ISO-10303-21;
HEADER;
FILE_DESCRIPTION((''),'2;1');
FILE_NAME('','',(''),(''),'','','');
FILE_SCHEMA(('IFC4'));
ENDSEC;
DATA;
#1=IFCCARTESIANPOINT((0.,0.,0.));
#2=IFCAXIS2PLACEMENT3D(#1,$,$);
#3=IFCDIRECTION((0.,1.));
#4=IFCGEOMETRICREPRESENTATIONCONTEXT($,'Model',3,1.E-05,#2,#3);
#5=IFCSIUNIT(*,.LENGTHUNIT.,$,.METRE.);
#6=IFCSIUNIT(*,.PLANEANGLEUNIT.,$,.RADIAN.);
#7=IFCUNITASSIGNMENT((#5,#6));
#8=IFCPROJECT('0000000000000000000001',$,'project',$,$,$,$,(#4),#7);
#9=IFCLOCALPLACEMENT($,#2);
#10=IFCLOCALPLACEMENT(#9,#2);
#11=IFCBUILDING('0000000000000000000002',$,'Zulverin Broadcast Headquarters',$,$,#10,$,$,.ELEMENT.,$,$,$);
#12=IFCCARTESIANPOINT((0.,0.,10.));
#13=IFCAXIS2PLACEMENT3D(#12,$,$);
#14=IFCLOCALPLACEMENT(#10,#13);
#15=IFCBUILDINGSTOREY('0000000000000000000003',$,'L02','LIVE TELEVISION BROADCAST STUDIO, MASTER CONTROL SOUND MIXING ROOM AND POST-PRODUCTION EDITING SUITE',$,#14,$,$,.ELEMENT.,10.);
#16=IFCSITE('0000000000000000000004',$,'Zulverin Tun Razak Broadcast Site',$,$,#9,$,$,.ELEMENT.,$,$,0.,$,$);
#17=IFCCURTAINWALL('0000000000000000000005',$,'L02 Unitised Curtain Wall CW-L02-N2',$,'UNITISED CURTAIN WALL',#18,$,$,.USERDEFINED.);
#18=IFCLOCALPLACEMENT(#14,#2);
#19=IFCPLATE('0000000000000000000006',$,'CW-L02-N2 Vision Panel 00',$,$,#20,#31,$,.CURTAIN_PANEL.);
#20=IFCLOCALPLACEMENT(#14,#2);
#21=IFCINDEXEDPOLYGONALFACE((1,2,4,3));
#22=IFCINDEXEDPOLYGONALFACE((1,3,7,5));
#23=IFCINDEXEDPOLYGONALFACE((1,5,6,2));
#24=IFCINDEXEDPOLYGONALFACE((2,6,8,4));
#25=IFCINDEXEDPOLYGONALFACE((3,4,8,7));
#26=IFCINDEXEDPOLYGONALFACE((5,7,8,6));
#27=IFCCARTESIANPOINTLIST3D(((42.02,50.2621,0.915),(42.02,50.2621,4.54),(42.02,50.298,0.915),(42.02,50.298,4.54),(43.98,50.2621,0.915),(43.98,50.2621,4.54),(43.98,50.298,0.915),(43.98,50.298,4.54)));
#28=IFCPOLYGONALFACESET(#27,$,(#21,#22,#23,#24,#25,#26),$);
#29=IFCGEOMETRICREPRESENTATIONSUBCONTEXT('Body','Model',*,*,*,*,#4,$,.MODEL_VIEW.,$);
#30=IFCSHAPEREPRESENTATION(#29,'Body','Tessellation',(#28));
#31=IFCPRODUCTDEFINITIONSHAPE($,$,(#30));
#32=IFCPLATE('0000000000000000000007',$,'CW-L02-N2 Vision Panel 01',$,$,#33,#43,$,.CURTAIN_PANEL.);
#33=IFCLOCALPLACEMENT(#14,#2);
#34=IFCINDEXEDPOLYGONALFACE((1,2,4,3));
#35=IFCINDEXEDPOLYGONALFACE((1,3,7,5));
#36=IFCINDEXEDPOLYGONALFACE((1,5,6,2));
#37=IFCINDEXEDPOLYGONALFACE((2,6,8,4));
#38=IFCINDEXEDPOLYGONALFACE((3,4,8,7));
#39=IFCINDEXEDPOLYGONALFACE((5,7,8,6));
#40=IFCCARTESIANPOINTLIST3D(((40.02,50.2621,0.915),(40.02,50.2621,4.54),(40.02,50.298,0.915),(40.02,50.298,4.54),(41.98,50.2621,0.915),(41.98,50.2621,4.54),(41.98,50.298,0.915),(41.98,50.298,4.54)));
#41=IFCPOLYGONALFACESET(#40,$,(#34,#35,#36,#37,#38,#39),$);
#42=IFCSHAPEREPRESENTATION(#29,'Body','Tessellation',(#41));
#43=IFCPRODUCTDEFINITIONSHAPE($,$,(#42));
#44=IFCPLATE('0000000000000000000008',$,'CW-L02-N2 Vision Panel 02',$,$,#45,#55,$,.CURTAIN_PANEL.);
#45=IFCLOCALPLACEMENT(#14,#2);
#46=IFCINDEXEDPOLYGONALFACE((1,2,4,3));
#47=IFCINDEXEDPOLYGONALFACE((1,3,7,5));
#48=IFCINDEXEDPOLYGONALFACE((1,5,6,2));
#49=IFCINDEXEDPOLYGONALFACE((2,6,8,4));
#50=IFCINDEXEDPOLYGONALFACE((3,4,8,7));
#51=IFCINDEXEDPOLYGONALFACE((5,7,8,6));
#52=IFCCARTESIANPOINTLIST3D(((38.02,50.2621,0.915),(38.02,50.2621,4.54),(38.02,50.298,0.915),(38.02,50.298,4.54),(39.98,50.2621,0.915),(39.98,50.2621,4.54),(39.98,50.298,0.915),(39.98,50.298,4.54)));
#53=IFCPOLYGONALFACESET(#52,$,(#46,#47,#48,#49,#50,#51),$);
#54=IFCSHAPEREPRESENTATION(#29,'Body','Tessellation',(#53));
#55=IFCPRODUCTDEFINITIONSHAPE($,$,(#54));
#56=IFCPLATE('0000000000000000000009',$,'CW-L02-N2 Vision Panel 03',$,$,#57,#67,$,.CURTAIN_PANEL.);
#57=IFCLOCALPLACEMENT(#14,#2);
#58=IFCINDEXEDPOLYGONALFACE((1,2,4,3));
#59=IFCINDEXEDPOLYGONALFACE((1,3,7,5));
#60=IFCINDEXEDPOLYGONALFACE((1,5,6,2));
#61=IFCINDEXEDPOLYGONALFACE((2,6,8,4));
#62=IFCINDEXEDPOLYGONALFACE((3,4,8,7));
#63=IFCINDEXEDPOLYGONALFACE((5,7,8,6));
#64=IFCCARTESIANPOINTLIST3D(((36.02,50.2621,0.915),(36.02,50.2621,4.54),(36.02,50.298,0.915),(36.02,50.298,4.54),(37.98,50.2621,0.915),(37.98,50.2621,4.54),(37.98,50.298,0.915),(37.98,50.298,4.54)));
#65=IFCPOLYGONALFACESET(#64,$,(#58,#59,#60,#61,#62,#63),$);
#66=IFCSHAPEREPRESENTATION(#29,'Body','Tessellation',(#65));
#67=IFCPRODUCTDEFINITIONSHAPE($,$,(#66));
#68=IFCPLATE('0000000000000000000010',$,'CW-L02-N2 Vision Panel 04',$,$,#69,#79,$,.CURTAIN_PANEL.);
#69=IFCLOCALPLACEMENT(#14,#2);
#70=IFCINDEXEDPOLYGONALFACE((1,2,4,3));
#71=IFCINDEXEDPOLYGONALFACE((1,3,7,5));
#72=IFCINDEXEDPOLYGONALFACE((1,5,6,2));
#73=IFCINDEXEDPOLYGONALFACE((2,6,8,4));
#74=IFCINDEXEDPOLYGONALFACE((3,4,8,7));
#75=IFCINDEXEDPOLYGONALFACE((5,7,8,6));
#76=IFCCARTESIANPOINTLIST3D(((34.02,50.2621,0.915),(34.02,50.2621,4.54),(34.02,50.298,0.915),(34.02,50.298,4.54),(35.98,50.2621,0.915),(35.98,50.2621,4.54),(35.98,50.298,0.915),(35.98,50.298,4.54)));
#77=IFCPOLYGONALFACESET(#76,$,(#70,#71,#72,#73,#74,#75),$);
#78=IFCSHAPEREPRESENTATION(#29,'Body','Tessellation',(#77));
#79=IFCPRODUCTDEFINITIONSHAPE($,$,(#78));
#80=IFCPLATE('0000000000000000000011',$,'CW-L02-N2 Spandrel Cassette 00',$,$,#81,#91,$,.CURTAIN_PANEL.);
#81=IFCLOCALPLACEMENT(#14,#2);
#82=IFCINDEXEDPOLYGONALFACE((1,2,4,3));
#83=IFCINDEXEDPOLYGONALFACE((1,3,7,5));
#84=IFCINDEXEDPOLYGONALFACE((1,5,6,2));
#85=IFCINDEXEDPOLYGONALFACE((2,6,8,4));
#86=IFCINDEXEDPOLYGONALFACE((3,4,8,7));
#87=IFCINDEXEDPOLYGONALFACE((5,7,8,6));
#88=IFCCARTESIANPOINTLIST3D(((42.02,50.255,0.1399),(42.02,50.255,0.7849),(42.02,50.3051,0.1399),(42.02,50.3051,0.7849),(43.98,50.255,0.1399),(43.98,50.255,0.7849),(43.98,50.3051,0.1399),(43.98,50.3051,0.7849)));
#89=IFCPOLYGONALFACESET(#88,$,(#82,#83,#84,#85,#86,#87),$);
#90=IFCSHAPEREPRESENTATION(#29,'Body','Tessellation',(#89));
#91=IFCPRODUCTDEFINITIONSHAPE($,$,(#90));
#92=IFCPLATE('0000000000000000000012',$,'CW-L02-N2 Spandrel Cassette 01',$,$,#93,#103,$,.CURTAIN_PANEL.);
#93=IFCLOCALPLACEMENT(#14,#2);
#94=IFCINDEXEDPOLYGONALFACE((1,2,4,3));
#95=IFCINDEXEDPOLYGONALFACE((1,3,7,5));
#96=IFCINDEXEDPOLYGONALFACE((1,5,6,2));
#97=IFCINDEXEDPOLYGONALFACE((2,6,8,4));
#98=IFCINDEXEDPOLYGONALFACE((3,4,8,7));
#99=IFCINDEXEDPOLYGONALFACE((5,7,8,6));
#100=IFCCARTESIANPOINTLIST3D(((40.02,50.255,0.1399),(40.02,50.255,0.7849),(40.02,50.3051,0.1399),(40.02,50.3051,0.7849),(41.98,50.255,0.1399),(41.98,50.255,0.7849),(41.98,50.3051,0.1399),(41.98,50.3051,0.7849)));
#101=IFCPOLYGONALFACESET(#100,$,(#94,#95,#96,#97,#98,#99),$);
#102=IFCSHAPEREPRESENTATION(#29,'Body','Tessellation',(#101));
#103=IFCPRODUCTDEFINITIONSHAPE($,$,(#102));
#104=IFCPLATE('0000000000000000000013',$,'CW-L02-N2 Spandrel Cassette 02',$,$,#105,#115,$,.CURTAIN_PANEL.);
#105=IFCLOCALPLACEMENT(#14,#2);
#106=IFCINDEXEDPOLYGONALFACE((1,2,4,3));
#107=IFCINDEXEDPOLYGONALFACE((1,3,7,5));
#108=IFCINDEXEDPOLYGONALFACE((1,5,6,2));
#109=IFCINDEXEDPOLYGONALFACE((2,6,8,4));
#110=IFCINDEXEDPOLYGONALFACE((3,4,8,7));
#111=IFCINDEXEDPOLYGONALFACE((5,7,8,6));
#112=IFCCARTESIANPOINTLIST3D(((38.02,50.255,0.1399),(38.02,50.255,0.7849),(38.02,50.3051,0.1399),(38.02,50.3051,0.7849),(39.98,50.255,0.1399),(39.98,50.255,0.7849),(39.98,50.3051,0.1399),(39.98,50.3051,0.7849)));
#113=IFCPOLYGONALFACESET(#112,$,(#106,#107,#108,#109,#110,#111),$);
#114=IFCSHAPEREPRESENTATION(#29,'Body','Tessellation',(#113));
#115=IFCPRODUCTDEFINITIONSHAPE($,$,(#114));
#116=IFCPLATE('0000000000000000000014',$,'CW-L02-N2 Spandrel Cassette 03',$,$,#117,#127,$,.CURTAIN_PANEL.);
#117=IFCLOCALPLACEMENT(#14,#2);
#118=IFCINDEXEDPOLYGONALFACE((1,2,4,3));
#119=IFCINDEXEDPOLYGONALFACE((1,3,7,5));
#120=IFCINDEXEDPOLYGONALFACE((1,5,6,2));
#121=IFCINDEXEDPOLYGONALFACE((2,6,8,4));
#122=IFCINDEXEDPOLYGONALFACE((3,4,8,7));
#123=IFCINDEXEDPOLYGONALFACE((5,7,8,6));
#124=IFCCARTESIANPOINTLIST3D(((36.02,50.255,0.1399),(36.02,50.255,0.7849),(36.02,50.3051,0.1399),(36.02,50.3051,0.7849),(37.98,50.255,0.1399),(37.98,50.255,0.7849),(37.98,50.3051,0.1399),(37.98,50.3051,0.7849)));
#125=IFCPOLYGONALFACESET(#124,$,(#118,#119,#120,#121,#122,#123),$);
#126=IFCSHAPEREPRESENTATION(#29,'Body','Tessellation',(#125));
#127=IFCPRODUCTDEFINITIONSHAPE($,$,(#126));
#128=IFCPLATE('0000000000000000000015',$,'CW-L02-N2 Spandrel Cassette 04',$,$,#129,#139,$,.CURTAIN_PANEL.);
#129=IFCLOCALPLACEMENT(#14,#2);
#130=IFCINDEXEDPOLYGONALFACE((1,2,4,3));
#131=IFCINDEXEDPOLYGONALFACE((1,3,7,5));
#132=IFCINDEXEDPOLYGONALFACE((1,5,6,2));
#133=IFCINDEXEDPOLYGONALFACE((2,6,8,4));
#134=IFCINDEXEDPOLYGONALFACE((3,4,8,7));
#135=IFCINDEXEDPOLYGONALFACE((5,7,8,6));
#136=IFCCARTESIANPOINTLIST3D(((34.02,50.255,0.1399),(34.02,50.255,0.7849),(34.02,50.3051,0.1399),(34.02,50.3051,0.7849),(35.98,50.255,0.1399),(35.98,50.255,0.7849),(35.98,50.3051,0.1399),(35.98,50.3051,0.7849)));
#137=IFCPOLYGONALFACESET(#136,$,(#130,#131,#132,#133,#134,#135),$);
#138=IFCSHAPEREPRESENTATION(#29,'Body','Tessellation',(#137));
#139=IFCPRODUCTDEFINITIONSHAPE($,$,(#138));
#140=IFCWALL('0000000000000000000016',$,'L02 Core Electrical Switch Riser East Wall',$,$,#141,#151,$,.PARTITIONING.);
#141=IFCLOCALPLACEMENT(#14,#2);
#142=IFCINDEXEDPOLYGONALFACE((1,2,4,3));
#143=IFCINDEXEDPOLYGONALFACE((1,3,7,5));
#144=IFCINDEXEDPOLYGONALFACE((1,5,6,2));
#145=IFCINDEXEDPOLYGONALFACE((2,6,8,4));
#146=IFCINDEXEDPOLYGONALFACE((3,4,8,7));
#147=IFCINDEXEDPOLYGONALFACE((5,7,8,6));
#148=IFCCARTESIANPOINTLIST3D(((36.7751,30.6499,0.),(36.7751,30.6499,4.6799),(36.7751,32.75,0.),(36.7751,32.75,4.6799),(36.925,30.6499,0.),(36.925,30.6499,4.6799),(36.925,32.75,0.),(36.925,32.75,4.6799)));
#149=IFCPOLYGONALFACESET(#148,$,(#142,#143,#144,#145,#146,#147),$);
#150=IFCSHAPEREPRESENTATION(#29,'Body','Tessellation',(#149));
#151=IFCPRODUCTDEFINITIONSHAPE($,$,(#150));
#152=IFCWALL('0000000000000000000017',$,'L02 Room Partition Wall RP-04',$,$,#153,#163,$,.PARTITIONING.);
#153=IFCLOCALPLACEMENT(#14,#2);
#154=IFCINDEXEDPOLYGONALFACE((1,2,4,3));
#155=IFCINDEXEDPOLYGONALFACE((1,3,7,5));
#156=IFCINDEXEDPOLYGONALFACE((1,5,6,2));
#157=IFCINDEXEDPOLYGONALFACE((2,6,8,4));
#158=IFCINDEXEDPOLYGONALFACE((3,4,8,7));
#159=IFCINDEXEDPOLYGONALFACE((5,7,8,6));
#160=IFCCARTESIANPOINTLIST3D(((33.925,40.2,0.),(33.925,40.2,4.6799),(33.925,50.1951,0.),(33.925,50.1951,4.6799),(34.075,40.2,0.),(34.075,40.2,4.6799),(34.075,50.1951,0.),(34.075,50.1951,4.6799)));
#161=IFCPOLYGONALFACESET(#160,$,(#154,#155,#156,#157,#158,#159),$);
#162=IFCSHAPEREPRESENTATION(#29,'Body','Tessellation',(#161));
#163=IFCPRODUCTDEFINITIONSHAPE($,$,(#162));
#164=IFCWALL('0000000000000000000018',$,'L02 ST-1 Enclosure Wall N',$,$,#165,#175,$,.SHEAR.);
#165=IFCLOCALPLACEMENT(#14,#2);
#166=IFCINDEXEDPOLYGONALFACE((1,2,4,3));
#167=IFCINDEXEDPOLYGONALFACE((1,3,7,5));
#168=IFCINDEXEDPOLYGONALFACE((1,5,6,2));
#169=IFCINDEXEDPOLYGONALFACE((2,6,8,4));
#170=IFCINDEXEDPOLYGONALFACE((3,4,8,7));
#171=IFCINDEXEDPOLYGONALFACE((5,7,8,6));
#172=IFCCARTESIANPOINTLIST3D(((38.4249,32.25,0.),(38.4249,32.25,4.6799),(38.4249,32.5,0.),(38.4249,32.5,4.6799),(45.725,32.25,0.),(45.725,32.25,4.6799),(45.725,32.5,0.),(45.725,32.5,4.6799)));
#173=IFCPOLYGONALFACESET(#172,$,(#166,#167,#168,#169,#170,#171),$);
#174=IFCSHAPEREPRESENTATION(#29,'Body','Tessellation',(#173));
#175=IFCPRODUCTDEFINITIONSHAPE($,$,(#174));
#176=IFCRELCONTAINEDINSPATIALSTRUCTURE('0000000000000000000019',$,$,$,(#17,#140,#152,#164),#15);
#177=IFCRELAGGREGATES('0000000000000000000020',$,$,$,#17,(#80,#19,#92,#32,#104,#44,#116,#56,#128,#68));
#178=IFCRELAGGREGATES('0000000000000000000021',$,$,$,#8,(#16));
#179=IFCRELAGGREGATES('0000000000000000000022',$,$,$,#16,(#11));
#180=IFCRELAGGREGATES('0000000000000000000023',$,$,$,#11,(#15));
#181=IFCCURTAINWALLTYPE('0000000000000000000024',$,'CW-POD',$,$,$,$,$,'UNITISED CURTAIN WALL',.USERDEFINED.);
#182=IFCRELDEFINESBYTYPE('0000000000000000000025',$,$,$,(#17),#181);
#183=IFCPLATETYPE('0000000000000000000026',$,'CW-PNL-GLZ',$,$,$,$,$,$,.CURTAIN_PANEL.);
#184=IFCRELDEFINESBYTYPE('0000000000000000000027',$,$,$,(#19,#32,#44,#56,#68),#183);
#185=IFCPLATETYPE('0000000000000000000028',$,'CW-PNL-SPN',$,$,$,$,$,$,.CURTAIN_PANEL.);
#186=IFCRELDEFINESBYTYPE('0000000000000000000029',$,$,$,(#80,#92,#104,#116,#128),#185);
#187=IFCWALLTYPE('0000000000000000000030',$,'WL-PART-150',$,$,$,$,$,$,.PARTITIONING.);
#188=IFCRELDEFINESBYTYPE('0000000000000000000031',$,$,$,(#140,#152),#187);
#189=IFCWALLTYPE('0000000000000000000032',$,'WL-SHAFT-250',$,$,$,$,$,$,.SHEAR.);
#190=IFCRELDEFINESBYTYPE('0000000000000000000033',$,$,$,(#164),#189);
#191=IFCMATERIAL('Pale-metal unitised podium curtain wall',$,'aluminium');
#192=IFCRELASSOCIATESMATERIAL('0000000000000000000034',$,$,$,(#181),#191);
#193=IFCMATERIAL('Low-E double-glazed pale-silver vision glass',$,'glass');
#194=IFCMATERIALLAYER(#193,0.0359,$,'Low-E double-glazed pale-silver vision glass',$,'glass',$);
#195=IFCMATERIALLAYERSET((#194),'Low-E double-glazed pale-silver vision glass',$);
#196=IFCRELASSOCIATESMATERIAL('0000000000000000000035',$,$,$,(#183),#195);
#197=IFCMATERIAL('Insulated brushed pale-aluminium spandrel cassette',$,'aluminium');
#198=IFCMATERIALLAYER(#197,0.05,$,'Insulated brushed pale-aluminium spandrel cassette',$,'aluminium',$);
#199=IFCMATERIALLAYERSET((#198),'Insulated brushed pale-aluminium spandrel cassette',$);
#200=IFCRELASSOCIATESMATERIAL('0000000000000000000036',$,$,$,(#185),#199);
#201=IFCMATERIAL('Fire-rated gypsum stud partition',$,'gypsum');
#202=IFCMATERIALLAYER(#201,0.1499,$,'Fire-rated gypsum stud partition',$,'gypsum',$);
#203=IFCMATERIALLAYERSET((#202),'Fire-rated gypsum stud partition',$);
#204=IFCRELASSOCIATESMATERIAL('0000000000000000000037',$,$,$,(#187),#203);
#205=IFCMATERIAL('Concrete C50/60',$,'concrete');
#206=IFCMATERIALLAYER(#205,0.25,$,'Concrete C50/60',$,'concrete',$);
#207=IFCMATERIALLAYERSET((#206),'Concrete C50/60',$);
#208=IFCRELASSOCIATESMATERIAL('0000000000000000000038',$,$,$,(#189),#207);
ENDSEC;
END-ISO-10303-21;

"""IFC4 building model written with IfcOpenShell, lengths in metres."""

from ifc_helpers import new_model, si_unit, direction, frame, frame_2d, origin, origin_2d, place, context, subcontext, project, spatial, rectangle, extrude, material, layer, layer_set, type_object, element, aggregate, save


model = new_model("IFC4")

# Units and contexts
model_context = context("Model", 3, precision=1e-05, world=origin(), true_north=direction((0.0, 1.0)))
body_context = subcontext(model_context, "Body", "Model", "MODEL_VIEW")
ifc_project = project(units=[si_unit("LENGTHUNIT", "METRE"), si_unit("PLANEANGLEUNIT", "RADIAN")], contexts=[model_context])

# Site, building, storey
site_placement = place(None, origin())
site = spatial("IfcSite", under=ifc_project, at=site_placement, Name="Zulverin Tun Razak Broadcast Site", CompositionType="ELEMENT", RefElevation=0.0)
building_placement = place(site_placement, origin())
building = spatial("IfcBuilding", under=site, at=building_placement, Name="Zulverin Broadcast Headquarters", CompositionType="ELEMENT")
storey_placement = place(building_placement, frame((0.0, 0.0, 10.0)))
storey = spatial("IfcBuildingStorey", under=building, at=storey_placement, Name="L02", Description="LIVE TELEVISION BROADCAST STUDIO, MASTER CONTROL SOUND MIXING ROOM AND POST-PRODUCTION EDITING SUITE", CompositionType="ELEMENT", Elevation=10.0)

# Curtain wall, plates
ifc_material_1 = material(Name="Pale-metal unitised podium curtain wall", Category="aluminium")
curtain_wall_type = type_object("IfcCurtainWallType", Name="CW-POD", ElementType="UNITISED CURTAIN WALL", PredefinedType="USERDEFINED", material=ifc_material_1)
curtain_wall_placement = place(storey_placement, origin())
curtain_wall = element("IfcCurtainWall", 1, at=curtain_wall_placement, inside=storey, type_object=curtain_wall_type, Name="L02 Unitised Curtain Wall CW-L02-N2", ObjectType="UNITISED CURTAIN WALL", PredefinedType="USERDEFINED")
ifc_material_2 = material(Name="Low-E double-glazed pale-silver vision glass", Category="glass")
ifc_layer_1 = layer(ifc_material_2, 0.0359, Name="Low-E double-glazed pale-silver vision glass", Category="glass")
ifc_layer_set_1 = layer_set([ifc_layer_1], Name="Low-E double-glazed pale-silver vision glass")
plate_type_1 = type_object("IfcPlateType", Name="CW-PNL-GLZ", PredefinedType="CURTAIN_PANEL", material=ifc_layer_set_1)
plate_1_placement = place(storey_placement, frame((43.0, 50.28, 0.915), z_axis=(0.0, 0.0, 1.0), x_axis=(-1.0, 0.0, 0.0)))
plate_1 = element("IfcPlate", 2, at=plate_1_placement, type_object=plate_type_1, Name="CW-L02-N2 Vision Panel 00", PredefinedType="CURTAIN_PANEL", context=body_context, shape_type="SweptSolid", body=[
    extrude(rectangle(XDim=1.96, YDim=0.0359, at=origin_2d()), origin(), (0.0, 0.0, 1.0), 3.625),
])
plate_2_placement = place(storey_placement, frame((41.0, 50.28, 0.915), z_axis=(0.0, 0.0, 1.0), x_axis=(-1.0, 0.0, 0.0)))
plate_2 = element("IfcPlate", 3, at=plate_2_placement, type_object=plate_type_1, Name="CW-L02-N2 Vision Panel 01", PredefinedType="CURTAIN_PANEL", context=body_context, shape_type="SweptSolid", body=[
    extrude(rectangle(XDim=1.96, YDim=0.0359, at=origin_2d()), origin(), (0.0, 0.0, 1.0), 3.625),
])
plate_3_placement = place(storey_placement, frame((39.0, 50.28, 0.915), z_axis=(0.0, 0.0, 1.0), x_axis=(-1.0, 0.0, 0.0)))
plate_3 = element("IfcPlate", 4, at=plate_3_placement, type_object=plate_type_1, Name="CW-L02-N2 Vision Panel 02", PredefinedType="CURTAIN_PANEL", context=body_context, shape_type="SweptSolid", body=[
    extrude(rectangle(XDim=1.96, YDim=0.0359, at=origin_2d()), origin(), (0.0, 0.0, 1.0), 3.625),
])
plate_4_placement = place(storey_placement, frame((37.0, 50.28, 0.915), z_axis=(0.0, 0.0, 1.0), x_axis=(-1.0, 0.0, 0.0)))
plate_4 = element("IfcPlate", 5, at=plate_4_placement, type_object=plate_type_1, Name="CW-L02-N2 Vision Panel 03", PredefinedType="CURTAIN_PANEL", context=body_context, shape_type="SweptSolid", body=[
    extrude(rectangle(XDim=1.96, YDim=0.0359, at=origin_2d()), origin(), (0.0, 0.0, 1.0), 3.625),
])
plate_5_placement = place(storey_placement, frame((35.0, 50.28, 0.915), z_axis=(0.0, 0.0, 1.0), x_axis=(-1.0, 0.0, 0.0)))
plate_5 = element("IfcPlate", 6, at=plate_5_placement, type_object=plate_type_1, Name="CW-L02-N2 Vision Panel 04", PredefinedType="CURTAIN_PANEL", context=body_context, shape_type="SweptSolid", body=[
    extrude(rectangle(XDim=1.96, YDim=0.0359, at=origin_2d()), origin(), (0.0, 0.0, 1.0), 3.625),
])
ifc_material_3 = material(Name="Insulated brushed pale-aluminium spandrel cassette", Category="aluminium")
ifc_layer_2 = layer(ifc_material_3, 0.05, Name="Insulated brushed pale-aluminium spandrel cassette", Category="aluminium")
ifc_layer_set_2 = layer_set([ifc_layer_2], Name="Insulated brushed pale-aluminium spandrel cassette")
plate_type_2 = type_object("IfcPlateType", Name="CW-PNL-SPN", PredefinedType="CURTAIN_PANEL", material=ifc_layer_set_2)
plate_6_placement = place(storey_placement, frame((43.0, 50.28, 0.1399), z_axis=(0.0, 0.0, 1.0), x_axis=(-1.0, 0.0, 0.0)))
plate_6 = element("IfcPlate", 7, at=plate_6_placement, type_object=plate_type_2, Name="CW-L02-N2 Spandrel Cassette 00", PredefinedType="CURTAIN_PANEL", context=body_context, shape_type="SweptSolid", body=[
    extrude(rectangle(XDim=1.96, YDim=0.05, at=origin_2d()), origin(), (0.0, 0.0, 1.0), 0.645),
])
plate_7_placement = place(storey_placement, frame((41.0, 50.28, 0.1399), z_axis=(0.0, 0.0, 1.0), x_axis=(-1.0, 0.0, 0.0)))
plate_7 = element("IfcPlate", 8, at=plate_7_placement, type_object=plate_type_2, Name="CW-L02-N2 Spandrel Cassette 01", PredefinedType="CURTAIN_PANEL", context=body_context, shape_type="SweptSolid", body=[
    extrude(rectangle(XDim=1.96, YDim=0.05, at=origin_2d()), origin(), (0.0, 0.0, 1.0), 0.645),
])
plate_8_placement = place(storey_placement, frame((39.0, 50.28, 0.1399), z_axis=(0.0, 0.0, 1.0), x_axis=(-1.0, 0.0, 0.0)))
plate_8 = element("IfcPlate", 9, at=plate_8_placement, type_object=plate_type_2, Name="CW-L02-N2 Spandrel Cassette 02", PredefinedType="CURTAIN_PANEL", context=body_context, shape_type="SweptSolid", body=[
    extrude(rectangle(XDim=1.96, YDim=0.05, at=origin_2d()), origin(), (0.0, 0.0, 1.0), 0.645),
])
plate_9_placement = place(storey_placement, frame((37.0, 50.28, 0.1399), z_axis=(0.0, 0.0, 1.0), x_axis=(-1.0, 0.0, 0.0)))
plate_9 = element("IfcPlate", 10, at=plate_9_placement, type_object=plate_type_2, Name="CW-L02-N2 Spandrel Cassette 03", PredefinedType="CURTAIN_PANEL", context=body_context, shape_type="SweptSolid", body=[
    extrude(rectangle(XDim=1.96, YDim=0.05, at=origin_2d()), origin(), (0.0, 0.0, 1.0), 0.645),
])
plate_10_placement = place(storey_placement, frame((35.0, 50.28, 0.1399), z_axis=(0.0, 0.0, 1.0), x_axis=(-1.0, 0.0, 0.0)))
plate_10 = element("IfcPlate", 11, at=plate_10_placement, type_object=plate_type_2, Name="CW-L02-N2 Spandrel Cassette 04", PredefinedType="CURTAIN_PANEL", context=body_context, shape_type="SweptSolid", body=[
    extrude(rectangle(XDim=1.96, YDim=0.05, at=origin_2d()), origin(), (0.0, 0.0, 1.0), 0.645),
])
aggregate(curtain_wall, [plate_6, plate_1, plate_7, plate_2, plate_8, plate_3, plate_9, plate_4, plate_10, plate_5])

# Walls
ifc_material_4 = material(Name="Fire-rated gypsum stud partition", Category="gypsum")
ifc_layer_3 = layer(ifc_material_4, 0.1499, Name="Fire-rated gypsum stud partition", Category="gypsum")
ifc_layer_set_3 = layer_set([ifc_layer_3], Name="Fire-rated gypsum stud partition")
wall_type_1 = type_object("IfcWallType", Name="WL-PART-150", PredefinedType="PARTITIONING", material=ifc_layer_set_3)
wall_1_placement = place(storey_placement, frame((36.8501, 30.6499, 0.0), z_axis=(0.0, 0.0, 1.0), x_axis=(0.0, 1.0, 0.0)))
element("IfcWall", 12, at=wall_1_placement, inside=storey, type_object=wall_type_1, Name="L02 Core Electrical Switch Riser East Wall", PredefinedType="PARTITIONING", context=body_context, shape_type="SweptSolid", body=[
    extrude(rectangle(XDim=2.1001, YDim=0.1499, at=frame_2d((1.05, 0.0))), origin(), (0.0, 0.0, 1.0), 4.6799),
])
wall_2_placement = place(storey_placement, frame((34.0, 40.2, 0.0), z_axis=(0.0, 0.0, 1.0), x_axis=(0.0, 1.0, 0.0)))
element("IfcWall", 13, at=wall_2_placement, inside=storey, type_object=wall_type_1, Name="L02 Room Partition Wall RP-04", PredefinedType="PARTITIONING", context=body_context, shape_type="SweptSolid", body=[
    extrude(rectangle(XDim=9.9951, YDim=0.1499, at=frame_2d((4.9976, 0.0))), origin(), (0.0, 0.0, 1.0), 4.6799),
])
ifc_material_5 = material(Name="Concrete C50/60", Category="concrete")
ifc_layer_4 = layer(ifc_material_5, 0.25, Name="Concrete C50/60", Category="concrete")
ifc_layer_set_4 = layer_set([ifc_layer_4], Name="Concrete C50/60")
wall_type_2 = type_object("IfcWallType", Name="WL-SHAFT-250", PredefinedType="SHEAR", material=ifc_layer_set_4)
wall_3_placement = place(storey_placement, frame((38.425, 32.375, 0.0), z_axis=(0.0, 0.0, 1.0), x_axis=(1.0, 0.0, 0.0)))
element("IfcWall", 14, at=wall_3_placement, inside=storey, type_object=wall_type_2, Name="L02 ST-1 Enclosure Wall N", PredefinedType="SHEAR", context=body_context, shape_type="SweptSolid", body=[
    extrude(rectangle(XDim=7.3, YDim=0.25, at=frame_2d((3.6499, 0.0))), origin(), (0.0, 0.0, 1.0), 4.6799),
])

save(model, "model.ifc")
